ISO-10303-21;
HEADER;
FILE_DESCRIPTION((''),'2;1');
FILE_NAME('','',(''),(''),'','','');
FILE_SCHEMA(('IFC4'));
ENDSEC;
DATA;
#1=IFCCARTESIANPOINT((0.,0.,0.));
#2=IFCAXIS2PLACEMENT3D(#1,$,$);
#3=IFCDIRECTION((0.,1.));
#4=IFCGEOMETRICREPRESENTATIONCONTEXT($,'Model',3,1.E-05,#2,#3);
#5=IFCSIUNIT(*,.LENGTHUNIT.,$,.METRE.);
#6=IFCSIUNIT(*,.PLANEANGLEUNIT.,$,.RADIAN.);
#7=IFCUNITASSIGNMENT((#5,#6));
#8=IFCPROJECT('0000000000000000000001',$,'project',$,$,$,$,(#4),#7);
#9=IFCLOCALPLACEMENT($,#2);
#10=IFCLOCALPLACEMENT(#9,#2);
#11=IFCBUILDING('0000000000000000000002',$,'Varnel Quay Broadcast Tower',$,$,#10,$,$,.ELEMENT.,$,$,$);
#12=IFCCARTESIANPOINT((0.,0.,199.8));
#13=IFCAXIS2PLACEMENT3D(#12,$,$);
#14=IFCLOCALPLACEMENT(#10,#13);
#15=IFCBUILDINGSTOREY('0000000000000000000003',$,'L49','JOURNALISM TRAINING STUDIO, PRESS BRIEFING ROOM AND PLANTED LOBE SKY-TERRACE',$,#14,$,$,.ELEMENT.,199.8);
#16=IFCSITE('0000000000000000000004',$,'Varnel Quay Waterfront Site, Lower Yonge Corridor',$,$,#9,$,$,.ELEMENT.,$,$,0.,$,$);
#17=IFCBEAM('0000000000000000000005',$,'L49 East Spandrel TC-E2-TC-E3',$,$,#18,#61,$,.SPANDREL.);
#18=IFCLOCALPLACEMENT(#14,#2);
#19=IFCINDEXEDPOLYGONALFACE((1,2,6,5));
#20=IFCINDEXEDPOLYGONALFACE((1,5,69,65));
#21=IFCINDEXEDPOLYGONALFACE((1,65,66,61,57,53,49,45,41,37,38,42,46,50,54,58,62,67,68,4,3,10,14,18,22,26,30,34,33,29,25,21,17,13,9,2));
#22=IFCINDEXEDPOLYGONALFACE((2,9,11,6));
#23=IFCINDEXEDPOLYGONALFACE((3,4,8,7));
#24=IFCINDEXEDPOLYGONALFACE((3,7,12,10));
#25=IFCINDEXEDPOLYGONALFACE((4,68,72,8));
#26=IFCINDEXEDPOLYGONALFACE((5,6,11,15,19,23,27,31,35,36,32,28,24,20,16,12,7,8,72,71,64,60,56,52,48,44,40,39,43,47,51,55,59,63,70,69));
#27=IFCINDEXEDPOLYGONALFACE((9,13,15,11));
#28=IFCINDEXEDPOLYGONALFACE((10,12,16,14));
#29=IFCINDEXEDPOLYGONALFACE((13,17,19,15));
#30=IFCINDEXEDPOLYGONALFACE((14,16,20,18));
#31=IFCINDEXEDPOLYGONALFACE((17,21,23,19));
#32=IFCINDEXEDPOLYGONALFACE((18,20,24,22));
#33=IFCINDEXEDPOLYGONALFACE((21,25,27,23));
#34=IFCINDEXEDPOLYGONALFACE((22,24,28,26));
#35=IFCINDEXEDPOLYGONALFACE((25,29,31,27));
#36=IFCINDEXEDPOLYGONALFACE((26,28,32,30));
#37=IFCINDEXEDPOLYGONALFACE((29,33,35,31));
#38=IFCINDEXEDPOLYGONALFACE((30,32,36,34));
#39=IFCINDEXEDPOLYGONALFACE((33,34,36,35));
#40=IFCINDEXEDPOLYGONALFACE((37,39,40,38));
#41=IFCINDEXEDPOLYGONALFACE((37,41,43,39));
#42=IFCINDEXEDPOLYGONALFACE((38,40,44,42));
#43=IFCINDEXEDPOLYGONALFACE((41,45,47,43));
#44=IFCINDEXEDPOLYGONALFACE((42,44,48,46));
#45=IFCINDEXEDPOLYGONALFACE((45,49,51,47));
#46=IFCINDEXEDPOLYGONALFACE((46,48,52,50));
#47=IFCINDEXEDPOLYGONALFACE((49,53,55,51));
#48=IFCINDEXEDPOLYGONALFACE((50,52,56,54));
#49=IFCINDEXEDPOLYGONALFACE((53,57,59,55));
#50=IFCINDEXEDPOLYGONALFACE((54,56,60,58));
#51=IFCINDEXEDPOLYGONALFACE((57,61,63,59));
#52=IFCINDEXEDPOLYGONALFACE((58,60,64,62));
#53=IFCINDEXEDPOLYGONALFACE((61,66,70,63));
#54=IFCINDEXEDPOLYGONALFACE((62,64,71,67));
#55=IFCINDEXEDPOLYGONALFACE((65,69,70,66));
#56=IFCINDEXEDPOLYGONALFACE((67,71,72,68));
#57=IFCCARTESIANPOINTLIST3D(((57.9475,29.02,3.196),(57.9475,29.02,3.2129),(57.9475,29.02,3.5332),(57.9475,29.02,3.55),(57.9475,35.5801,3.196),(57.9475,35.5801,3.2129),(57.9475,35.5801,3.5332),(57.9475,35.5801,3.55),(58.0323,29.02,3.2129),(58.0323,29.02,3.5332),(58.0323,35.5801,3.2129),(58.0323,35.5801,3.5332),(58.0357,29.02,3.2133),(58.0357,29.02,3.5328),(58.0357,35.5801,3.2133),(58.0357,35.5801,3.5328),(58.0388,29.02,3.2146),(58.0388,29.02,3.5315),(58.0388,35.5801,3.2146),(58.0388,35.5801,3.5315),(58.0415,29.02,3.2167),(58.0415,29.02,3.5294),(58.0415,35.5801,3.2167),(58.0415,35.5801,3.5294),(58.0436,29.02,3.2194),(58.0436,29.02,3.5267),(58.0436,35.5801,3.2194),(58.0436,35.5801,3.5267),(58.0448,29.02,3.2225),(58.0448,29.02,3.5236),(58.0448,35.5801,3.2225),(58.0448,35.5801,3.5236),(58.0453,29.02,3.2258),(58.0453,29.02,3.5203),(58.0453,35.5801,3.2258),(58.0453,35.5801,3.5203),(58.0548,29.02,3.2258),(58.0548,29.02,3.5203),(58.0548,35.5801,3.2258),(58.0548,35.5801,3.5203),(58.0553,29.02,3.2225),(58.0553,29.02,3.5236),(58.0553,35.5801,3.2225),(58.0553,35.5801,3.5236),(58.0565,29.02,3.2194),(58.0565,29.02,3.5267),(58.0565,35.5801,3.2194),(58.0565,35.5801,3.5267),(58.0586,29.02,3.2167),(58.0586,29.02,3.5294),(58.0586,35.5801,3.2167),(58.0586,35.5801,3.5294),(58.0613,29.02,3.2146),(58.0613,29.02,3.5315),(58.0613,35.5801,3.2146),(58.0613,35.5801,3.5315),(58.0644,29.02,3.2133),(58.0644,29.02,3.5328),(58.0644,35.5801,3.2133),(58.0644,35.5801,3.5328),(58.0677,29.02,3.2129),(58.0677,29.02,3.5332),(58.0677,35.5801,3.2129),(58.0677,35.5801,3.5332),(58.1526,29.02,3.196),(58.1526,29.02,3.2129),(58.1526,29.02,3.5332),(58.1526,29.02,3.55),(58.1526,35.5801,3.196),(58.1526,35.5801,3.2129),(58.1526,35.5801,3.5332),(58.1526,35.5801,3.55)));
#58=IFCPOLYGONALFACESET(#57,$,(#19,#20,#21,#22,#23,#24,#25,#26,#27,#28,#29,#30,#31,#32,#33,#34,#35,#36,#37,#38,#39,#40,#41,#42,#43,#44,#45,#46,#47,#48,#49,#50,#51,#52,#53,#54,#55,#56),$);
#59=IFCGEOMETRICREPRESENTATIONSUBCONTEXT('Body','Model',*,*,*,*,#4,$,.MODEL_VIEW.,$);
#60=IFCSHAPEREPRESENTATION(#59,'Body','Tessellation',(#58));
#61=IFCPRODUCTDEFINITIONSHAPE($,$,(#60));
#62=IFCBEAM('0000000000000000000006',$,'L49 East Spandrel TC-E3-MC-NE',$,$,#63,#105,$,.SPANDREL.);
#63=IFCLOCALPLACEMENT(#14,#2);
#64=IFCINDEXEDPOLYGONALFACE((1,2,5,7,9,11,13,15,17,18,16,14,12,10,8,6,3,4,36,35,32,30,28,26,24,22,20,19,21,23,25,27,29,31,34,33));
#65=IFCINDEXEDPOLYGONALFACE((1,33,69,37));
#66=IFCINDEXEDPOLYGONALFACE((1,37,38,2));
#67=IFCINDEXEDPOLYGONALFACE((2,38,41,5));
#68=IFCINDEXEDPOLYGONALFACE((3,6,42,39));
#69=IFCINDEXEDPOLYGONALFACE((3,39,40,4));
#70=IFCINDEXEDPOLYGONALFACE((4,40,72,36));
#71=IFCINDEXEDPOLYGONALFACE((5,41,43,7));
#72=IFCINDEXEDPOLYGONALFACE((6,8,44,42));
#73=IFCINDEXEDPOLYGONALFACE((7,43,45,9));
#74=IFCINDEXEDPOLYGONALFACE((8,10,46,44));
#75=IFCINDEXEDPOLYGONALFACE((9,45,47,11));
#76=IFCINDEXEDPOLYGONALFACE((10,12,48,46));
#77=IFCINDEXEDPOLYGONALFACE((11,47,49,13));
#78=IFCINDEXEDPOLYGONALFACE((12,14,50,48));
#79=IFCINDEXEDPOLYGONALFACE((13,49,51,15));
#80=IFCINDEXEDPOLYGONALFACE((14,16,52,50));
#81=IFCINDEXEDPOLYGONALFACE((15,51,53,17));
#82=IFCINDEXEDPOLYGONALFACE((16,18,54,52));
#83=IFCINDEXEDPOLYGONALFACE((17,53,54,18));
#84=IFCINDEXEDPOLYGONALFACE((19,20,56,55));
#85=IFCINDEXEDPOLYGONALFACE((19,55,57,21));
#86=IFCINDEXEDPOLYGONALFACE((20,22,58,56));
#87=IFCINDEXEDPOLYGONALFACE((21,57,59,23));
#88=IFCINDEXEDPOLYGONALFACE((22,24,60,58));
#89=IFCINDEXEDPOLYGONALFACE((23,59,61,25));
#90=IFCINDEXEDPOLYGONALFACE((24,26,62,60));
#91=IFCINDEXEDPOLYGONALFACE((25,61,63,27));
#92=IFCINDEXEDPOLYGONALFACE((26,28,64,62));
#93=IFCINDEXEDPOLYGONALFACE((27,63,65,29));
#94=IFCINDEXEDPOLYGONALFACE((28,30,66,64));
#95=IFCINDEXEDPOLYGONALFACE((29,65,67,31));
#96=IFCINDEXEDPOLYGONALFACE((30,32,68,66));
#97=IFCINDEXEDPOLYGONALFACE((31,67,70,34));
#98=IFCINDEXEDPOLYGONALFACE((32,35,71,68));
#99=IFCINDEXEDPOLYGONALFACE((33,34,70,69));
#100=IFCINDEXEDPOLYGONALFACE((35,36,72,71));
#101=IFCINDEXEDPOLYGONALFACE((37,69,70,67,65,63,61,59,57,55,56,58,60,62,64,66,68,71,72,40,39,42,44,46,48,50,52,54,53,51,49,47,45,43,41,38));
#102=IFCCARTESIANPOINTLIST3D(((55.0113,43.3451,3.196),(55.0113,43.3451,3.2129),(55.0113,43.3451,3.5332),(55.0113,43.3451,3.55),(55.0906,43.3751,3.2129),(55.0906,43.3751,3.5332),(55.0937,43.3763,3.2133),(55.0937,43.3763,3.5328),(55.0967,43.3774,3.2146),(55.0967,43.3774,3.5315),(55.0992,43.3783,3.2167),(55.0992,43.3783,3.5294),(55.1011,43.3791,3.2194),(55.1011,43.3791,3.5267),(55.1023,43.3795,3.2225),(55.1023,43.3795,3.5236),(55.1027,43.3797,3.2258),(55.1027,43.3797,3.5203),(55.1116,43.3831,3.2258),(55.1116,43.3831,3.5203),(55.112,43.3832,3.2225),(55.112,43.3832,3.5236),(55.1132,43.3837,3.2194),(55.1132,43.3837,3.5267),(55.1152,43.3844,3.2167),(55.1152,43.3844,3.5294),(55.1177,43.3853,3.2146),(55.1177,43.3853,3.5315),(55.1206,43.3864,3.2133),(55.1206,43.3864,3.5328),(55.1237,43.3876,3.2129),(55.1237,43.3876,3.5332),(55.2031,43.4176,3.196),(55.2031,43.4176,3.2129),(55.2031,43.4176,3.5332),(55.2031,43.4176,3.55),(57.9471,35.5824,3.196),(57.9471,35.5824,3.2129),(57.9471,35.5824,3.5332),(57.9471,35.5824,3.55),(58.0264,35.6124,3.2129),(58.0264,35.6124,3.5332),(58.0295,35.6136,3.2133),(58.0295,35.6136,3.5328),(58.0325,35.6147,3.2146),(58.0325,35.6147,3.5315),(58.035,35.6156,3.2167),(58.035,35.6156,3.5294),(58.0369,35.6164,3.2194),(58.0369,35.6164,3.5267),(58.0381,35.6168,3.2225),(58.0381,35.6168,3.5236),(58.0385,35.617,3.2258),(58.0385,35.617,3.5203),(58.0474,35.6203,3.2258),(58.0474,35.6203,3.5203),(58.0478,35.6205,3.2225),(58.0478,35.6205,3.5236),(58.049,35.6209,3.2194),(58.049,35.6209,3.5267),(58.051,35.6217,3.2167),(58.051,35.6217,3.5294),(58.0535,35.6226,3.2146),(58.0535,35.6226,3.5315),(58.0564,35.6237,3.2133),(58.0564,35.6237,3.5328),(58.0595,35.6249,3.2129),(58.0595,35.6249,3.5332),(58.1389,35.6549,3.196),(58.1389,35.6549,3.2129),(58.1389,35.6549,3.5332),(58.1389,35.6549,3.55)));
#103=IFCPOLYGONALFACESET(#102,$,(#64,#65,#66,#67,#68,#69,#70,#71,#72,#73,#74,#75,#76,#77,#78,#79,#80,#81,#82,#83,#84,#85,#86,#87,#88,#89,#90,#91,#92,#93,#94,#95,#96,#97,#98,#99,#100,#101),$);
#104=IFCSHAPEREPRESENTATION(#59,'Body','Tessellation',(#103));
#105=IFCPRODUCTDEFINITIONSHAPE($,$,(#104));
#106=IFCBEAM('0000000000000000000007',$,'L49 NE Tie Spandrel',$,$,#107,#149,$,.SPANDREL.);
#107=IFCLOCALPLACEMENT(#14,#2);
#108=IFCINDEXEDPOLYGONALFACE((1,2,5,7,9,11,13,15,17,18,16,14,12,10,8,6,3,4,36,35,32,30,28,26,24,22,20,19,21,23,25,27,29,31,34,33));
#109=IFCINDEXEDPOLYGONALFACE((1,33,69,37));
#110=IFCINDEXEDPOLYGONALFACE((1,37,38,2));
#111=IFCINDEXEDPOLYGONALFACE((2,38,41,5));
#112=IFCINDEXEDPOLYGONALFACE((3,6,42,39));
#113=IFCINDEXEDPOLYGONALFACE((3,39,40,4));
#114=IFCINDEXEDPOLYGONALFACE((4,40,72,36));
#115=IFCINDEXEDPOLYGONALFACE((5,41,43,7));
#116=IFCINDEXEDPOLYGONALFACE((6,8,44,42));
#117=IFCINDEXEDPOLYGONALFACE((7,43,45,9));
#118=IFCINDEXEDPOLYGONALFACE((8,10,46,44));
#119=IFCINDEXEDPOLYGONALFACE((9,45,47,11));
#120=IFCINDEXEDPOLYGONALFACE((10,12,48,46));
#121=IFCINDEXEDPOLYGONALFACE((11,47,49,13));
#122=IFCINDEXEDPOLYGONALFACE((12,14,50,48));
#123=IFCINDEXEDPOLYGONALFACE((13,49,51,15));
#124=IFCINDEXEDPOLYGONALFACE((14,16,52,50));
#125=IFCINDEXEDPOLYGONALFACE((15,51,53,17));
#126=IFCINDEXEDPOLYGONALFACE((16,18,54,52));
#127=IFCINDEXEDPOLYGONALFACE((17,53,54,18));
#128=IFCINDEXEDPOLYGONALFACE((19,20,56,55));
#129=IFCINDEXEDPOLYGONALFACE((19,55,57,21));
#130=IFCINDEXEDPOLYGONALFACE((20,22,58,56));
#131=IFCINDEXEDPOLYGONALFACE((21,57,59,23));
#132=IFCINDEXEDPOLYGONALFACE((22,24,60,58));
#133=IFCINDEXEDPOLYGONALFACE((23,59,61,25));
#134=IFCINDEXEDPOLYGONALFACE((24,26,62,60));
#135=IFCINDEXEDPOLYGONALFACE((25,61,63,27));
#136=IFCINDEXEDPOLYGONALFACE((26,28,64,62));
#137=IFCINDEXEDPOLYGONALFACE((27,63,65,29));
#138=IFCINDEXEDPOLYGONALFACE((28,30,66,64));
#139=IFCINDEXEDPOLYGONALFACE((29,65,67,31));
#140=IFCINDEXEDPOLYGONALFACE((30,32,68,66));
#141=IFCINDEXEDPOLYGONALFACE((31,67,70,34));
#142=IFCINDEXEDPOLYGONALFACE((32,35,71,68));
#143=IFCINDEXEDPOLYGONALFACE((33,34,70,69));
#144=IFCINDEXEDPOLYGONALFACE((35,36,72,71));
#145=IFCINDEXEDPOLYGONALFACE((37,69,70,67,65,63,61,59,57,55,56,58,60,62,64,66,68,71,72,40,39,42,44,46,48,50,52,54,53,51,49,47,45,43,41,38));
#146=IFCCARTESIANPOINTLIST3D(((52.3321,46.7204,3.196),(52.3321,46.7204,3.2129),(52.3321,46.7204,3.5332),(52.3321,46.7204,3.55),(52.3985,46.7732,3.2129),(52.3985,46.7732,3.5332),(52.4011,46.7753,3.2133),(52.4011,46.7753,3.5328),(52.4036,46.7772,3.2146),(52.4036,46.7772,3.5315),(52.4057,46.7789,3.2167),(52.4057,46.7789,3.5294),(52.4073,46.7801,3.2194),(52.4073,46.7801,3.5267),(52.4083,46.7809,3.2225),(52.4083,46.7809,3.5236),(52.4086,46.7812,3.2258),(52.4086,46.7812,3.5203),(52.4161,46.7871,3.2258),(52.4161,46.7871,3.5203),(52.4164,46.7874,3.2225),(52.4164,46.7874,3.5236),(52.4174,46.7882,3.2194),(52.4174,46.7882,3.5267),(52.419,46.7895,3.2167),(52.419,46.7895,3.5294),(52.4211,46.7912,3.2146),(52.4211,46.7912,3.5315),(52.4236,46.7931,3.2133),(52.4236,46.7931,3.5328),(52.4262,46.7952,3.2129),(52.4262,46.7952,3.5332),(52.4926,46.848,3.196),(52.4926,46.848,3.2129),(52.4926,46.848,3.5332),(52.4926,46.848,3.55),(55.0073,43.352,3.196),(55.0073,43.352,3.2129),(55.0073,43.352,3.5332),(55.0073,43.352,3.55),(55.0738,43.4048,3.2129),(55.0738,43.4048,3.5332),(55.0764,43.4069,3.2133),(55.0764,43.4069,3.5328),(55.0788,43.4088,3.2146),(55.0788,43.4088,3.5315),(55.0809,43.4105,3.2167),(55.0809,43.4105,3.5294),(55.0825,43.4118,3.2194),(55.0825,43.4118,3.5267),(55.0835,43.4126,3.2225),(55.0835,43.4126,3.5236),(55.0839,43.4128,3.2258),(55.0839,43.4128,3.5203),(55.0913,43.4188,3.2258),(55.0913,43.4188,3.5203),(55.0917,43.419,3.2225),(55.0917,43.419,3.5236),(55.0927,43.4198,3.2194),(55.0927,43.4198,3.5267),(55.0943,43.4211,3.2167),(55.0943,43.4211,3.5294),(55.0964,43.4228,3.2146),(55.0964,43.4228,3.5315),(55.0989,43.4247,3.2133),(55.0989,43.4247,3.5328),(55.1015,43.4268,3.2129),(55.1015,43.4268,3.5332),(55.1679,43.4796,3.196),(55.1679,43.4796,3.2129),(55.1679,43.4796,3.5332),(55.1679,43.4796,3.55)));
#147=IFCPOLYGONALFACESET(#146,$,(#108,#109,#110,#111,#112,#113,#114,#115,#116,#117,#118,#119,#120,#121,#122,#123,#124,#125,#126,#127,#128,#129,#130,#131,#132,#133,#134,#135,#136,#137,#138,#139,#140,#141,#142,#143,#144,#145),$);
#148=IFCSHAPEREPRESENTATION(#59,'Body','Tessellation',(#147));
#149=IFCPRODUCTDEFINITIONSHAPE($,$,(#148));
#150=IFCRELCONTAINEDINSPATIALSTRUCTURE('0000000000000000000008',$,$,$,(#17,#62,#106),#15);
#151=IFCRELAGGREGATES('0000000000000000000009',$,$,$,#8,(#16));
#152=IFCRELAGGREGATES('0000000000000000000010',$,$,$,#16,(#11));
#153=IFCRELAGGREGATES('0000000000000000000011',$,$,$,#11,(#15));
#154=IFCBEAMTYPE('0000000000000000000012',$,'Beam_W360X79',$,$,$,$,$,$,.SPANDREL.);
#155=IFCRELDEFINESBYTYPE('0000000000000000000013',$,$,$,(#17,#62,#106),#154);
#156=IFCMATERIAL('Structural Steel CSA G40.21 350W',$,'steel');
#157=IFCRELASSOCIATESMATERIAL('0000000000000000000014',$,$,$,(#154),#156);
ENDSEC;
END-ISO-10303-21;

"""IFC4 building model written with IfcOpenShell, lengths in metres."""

from ifc_helpers import new_model, si_unit, direction, frame, origin, origin_2d, place, context, subcontext, project, spatial, i_section, extrude, source, transform, mapped, material, material_profile, profile_set, type_object, type_shapes, element, save


model = new_model("IFC4")

# Units and contexts
model_context = context("Model", 3, precision=1e-05, world=origin(), true_north=direction((0.0, 1.0)))
body_context = subcontext(model_context, "Body", "Model", "MODEL_VIEW")
ifc_project = project(units=[si_unit("LENGTHUNIT", "METRE"), si_unit("PLANEANGLEUNIT", "RADIAN")], contexts=[model_context])

# Site, building, storey
site_placement = place(None, origin())
site = spatial("IfcSite", under=ifc_project, at=site_placement, Name="Varnel Quay Waterfront Site, Lower Yonge Corridor", CompositionType="ELEMENT", RefElevation=0.0)
building_placement = place(site_placement, origin())
building = spatial("IfcBuilding", under=site, at=building_placement, Name="Varnel Quay Broadcast Tower", CompositionType="ELEMENT")
storey_placement = place(building_placement, frame((0.0, 0.0, 199.8)))
storey = spatial("IfcBuildingStorey", under=building, at=storey_placement, Name="L49", Description="JOURNALISM TRAINING STUDIO, PRESS BRIEFING ROOM AND PLANTED LOBE SKY-TERRACE", CompositionType="ELEMENT", Elevation=199.8)

# Shared definitions
ifc_material_1 = material(Name="Structural Steel CSA G40.21 350W", Category="steel")

# Beams
ifc_material_profile_1 = material_profile(ifc_material_1, i_section(OverallWidth=0.2051, OverallDepth=0.354, WebThickness=0.0095, FlangeThickness=0.0168, FilletRadius=0.0129, at=origin_2d()), Name="W360X79")
ifc_profile_set_1 = profile_set([ifc_material_profile_1], Name="Structural Steel CSA G40.21 350W")
beam_type_1 = type_object("IfcBeamType", Name="Beam_W360X79", PredefinedType="SPANDREL", material=ifc_profile_set_1)
shared_shape_1 = source(origin(), body_context, "Body", "SweptSolid", [
    extrude(i_section(OverallWidth=0.2051, OverallDepth=0.354, WebThickness=0.0095, FlangeThickness=0.0168, FilletRadius=0.0129, at=origin_2d()), origin(), (0.0, 0.0, 1.0), 6.5601),
])
beam_1_placement = place(storey_placement, frame((58.05, 29.02, 3.373), z_axis=(0.0, 1.0, 0.0), x_axis=(-1.0, 0.0, 0.0)))
element("IfcBeam", 1, at=beam_1_placement, inside=storey, type_object=beam_type_1, Name="L49 East Spandrel TC-E2-TC-E3", PredefinedType="SPANDREL", context=body_context, shape_type="MappedRepresentation", body=[
    mapped(shared_shape_1, transform((0.0, 0.0, 0.0), x_axis=(1.0, 0.0, 0.0), y_axis=(0.0, 1.0, 0.0), z_axis=(0.0, 0.0, 1.0), scale=1.0)),
])
shared_shape_2 = source(origin(), body_context, "Body", "SweptSolid", [
    extrude(i_section(OverallWidth=0.2051, OverallDepth=0.354, WebThickness=0.0095, FlangeThickness=0.0168, FilletRadius=0.0129, at=origin_2d()), origin(), (0.0, 0.0, 1.0), 8.2993),
])
beam_2_placement = place(storey_placement, frame((58.043, 35.6187, 3.373), z_axis=(-0.35374, 0.935344, 0.0), x_axis=(-0.935344, -0.35374, 0.0)))
element("IfcBeam", 2, at=beam_2_placement, inside=storey, type_object=beam_type_1, Name="L49 East Spandrel TC-E3-MC-NE", PredefinedType="SPANDREL", context=body_context, shape_type="MappedRepresentation", body=[
    mapped(shared_shape_2, transform((0.0, 0.0, 0.0), x_axis=(1.0, 0.0, 0.0), y_axis=(0.0, 1.0, 0.0), z_axis=(0.0, 0.0, 1.0), scale=1.0)),
])
shared_shape_3 = source(origin(), body_context, "Body", "SweptSolid", [
    extrude(i_section(OverallWidth=0.2051, OverallDepth=0.354, WebThickness=0.0095, FlangeThickness=0.0168, FilletRadius=0.0129, at=origin_2d()), origin(), (0.0, 0.0, 1.0), 4.3015),
])
type_shapes(beam_type_1, [shared_shape_1, shared_shape_2, shared_shape_3])
beam_3_placement = place(storey_placement, frame((52.4124, 46.7842, 3.373), z_axis=(0.621936, -0.783068, 0.0), x_axis=(0.783068, 0.621936, 0.0)))
element("IfcBeam", 3, at=beam_3_placement, inside=storey, type_object=beam_type_1, Name="L49 NE Tie Spandrel", PredefinedType="SPANDREL", context=body_context, shape_type="MappedRepresentation", body=[
    mapped(shared_shape_3, transform((0.0, 0.0, 0.0), x_axis=(1.0, 0.0, 0.0), y_axis=(0.0, 1.0, 0.0), z_axis=(0.0, 0.0, 1.0), scale=1.0)),
])

save(model, "model.ifc")
